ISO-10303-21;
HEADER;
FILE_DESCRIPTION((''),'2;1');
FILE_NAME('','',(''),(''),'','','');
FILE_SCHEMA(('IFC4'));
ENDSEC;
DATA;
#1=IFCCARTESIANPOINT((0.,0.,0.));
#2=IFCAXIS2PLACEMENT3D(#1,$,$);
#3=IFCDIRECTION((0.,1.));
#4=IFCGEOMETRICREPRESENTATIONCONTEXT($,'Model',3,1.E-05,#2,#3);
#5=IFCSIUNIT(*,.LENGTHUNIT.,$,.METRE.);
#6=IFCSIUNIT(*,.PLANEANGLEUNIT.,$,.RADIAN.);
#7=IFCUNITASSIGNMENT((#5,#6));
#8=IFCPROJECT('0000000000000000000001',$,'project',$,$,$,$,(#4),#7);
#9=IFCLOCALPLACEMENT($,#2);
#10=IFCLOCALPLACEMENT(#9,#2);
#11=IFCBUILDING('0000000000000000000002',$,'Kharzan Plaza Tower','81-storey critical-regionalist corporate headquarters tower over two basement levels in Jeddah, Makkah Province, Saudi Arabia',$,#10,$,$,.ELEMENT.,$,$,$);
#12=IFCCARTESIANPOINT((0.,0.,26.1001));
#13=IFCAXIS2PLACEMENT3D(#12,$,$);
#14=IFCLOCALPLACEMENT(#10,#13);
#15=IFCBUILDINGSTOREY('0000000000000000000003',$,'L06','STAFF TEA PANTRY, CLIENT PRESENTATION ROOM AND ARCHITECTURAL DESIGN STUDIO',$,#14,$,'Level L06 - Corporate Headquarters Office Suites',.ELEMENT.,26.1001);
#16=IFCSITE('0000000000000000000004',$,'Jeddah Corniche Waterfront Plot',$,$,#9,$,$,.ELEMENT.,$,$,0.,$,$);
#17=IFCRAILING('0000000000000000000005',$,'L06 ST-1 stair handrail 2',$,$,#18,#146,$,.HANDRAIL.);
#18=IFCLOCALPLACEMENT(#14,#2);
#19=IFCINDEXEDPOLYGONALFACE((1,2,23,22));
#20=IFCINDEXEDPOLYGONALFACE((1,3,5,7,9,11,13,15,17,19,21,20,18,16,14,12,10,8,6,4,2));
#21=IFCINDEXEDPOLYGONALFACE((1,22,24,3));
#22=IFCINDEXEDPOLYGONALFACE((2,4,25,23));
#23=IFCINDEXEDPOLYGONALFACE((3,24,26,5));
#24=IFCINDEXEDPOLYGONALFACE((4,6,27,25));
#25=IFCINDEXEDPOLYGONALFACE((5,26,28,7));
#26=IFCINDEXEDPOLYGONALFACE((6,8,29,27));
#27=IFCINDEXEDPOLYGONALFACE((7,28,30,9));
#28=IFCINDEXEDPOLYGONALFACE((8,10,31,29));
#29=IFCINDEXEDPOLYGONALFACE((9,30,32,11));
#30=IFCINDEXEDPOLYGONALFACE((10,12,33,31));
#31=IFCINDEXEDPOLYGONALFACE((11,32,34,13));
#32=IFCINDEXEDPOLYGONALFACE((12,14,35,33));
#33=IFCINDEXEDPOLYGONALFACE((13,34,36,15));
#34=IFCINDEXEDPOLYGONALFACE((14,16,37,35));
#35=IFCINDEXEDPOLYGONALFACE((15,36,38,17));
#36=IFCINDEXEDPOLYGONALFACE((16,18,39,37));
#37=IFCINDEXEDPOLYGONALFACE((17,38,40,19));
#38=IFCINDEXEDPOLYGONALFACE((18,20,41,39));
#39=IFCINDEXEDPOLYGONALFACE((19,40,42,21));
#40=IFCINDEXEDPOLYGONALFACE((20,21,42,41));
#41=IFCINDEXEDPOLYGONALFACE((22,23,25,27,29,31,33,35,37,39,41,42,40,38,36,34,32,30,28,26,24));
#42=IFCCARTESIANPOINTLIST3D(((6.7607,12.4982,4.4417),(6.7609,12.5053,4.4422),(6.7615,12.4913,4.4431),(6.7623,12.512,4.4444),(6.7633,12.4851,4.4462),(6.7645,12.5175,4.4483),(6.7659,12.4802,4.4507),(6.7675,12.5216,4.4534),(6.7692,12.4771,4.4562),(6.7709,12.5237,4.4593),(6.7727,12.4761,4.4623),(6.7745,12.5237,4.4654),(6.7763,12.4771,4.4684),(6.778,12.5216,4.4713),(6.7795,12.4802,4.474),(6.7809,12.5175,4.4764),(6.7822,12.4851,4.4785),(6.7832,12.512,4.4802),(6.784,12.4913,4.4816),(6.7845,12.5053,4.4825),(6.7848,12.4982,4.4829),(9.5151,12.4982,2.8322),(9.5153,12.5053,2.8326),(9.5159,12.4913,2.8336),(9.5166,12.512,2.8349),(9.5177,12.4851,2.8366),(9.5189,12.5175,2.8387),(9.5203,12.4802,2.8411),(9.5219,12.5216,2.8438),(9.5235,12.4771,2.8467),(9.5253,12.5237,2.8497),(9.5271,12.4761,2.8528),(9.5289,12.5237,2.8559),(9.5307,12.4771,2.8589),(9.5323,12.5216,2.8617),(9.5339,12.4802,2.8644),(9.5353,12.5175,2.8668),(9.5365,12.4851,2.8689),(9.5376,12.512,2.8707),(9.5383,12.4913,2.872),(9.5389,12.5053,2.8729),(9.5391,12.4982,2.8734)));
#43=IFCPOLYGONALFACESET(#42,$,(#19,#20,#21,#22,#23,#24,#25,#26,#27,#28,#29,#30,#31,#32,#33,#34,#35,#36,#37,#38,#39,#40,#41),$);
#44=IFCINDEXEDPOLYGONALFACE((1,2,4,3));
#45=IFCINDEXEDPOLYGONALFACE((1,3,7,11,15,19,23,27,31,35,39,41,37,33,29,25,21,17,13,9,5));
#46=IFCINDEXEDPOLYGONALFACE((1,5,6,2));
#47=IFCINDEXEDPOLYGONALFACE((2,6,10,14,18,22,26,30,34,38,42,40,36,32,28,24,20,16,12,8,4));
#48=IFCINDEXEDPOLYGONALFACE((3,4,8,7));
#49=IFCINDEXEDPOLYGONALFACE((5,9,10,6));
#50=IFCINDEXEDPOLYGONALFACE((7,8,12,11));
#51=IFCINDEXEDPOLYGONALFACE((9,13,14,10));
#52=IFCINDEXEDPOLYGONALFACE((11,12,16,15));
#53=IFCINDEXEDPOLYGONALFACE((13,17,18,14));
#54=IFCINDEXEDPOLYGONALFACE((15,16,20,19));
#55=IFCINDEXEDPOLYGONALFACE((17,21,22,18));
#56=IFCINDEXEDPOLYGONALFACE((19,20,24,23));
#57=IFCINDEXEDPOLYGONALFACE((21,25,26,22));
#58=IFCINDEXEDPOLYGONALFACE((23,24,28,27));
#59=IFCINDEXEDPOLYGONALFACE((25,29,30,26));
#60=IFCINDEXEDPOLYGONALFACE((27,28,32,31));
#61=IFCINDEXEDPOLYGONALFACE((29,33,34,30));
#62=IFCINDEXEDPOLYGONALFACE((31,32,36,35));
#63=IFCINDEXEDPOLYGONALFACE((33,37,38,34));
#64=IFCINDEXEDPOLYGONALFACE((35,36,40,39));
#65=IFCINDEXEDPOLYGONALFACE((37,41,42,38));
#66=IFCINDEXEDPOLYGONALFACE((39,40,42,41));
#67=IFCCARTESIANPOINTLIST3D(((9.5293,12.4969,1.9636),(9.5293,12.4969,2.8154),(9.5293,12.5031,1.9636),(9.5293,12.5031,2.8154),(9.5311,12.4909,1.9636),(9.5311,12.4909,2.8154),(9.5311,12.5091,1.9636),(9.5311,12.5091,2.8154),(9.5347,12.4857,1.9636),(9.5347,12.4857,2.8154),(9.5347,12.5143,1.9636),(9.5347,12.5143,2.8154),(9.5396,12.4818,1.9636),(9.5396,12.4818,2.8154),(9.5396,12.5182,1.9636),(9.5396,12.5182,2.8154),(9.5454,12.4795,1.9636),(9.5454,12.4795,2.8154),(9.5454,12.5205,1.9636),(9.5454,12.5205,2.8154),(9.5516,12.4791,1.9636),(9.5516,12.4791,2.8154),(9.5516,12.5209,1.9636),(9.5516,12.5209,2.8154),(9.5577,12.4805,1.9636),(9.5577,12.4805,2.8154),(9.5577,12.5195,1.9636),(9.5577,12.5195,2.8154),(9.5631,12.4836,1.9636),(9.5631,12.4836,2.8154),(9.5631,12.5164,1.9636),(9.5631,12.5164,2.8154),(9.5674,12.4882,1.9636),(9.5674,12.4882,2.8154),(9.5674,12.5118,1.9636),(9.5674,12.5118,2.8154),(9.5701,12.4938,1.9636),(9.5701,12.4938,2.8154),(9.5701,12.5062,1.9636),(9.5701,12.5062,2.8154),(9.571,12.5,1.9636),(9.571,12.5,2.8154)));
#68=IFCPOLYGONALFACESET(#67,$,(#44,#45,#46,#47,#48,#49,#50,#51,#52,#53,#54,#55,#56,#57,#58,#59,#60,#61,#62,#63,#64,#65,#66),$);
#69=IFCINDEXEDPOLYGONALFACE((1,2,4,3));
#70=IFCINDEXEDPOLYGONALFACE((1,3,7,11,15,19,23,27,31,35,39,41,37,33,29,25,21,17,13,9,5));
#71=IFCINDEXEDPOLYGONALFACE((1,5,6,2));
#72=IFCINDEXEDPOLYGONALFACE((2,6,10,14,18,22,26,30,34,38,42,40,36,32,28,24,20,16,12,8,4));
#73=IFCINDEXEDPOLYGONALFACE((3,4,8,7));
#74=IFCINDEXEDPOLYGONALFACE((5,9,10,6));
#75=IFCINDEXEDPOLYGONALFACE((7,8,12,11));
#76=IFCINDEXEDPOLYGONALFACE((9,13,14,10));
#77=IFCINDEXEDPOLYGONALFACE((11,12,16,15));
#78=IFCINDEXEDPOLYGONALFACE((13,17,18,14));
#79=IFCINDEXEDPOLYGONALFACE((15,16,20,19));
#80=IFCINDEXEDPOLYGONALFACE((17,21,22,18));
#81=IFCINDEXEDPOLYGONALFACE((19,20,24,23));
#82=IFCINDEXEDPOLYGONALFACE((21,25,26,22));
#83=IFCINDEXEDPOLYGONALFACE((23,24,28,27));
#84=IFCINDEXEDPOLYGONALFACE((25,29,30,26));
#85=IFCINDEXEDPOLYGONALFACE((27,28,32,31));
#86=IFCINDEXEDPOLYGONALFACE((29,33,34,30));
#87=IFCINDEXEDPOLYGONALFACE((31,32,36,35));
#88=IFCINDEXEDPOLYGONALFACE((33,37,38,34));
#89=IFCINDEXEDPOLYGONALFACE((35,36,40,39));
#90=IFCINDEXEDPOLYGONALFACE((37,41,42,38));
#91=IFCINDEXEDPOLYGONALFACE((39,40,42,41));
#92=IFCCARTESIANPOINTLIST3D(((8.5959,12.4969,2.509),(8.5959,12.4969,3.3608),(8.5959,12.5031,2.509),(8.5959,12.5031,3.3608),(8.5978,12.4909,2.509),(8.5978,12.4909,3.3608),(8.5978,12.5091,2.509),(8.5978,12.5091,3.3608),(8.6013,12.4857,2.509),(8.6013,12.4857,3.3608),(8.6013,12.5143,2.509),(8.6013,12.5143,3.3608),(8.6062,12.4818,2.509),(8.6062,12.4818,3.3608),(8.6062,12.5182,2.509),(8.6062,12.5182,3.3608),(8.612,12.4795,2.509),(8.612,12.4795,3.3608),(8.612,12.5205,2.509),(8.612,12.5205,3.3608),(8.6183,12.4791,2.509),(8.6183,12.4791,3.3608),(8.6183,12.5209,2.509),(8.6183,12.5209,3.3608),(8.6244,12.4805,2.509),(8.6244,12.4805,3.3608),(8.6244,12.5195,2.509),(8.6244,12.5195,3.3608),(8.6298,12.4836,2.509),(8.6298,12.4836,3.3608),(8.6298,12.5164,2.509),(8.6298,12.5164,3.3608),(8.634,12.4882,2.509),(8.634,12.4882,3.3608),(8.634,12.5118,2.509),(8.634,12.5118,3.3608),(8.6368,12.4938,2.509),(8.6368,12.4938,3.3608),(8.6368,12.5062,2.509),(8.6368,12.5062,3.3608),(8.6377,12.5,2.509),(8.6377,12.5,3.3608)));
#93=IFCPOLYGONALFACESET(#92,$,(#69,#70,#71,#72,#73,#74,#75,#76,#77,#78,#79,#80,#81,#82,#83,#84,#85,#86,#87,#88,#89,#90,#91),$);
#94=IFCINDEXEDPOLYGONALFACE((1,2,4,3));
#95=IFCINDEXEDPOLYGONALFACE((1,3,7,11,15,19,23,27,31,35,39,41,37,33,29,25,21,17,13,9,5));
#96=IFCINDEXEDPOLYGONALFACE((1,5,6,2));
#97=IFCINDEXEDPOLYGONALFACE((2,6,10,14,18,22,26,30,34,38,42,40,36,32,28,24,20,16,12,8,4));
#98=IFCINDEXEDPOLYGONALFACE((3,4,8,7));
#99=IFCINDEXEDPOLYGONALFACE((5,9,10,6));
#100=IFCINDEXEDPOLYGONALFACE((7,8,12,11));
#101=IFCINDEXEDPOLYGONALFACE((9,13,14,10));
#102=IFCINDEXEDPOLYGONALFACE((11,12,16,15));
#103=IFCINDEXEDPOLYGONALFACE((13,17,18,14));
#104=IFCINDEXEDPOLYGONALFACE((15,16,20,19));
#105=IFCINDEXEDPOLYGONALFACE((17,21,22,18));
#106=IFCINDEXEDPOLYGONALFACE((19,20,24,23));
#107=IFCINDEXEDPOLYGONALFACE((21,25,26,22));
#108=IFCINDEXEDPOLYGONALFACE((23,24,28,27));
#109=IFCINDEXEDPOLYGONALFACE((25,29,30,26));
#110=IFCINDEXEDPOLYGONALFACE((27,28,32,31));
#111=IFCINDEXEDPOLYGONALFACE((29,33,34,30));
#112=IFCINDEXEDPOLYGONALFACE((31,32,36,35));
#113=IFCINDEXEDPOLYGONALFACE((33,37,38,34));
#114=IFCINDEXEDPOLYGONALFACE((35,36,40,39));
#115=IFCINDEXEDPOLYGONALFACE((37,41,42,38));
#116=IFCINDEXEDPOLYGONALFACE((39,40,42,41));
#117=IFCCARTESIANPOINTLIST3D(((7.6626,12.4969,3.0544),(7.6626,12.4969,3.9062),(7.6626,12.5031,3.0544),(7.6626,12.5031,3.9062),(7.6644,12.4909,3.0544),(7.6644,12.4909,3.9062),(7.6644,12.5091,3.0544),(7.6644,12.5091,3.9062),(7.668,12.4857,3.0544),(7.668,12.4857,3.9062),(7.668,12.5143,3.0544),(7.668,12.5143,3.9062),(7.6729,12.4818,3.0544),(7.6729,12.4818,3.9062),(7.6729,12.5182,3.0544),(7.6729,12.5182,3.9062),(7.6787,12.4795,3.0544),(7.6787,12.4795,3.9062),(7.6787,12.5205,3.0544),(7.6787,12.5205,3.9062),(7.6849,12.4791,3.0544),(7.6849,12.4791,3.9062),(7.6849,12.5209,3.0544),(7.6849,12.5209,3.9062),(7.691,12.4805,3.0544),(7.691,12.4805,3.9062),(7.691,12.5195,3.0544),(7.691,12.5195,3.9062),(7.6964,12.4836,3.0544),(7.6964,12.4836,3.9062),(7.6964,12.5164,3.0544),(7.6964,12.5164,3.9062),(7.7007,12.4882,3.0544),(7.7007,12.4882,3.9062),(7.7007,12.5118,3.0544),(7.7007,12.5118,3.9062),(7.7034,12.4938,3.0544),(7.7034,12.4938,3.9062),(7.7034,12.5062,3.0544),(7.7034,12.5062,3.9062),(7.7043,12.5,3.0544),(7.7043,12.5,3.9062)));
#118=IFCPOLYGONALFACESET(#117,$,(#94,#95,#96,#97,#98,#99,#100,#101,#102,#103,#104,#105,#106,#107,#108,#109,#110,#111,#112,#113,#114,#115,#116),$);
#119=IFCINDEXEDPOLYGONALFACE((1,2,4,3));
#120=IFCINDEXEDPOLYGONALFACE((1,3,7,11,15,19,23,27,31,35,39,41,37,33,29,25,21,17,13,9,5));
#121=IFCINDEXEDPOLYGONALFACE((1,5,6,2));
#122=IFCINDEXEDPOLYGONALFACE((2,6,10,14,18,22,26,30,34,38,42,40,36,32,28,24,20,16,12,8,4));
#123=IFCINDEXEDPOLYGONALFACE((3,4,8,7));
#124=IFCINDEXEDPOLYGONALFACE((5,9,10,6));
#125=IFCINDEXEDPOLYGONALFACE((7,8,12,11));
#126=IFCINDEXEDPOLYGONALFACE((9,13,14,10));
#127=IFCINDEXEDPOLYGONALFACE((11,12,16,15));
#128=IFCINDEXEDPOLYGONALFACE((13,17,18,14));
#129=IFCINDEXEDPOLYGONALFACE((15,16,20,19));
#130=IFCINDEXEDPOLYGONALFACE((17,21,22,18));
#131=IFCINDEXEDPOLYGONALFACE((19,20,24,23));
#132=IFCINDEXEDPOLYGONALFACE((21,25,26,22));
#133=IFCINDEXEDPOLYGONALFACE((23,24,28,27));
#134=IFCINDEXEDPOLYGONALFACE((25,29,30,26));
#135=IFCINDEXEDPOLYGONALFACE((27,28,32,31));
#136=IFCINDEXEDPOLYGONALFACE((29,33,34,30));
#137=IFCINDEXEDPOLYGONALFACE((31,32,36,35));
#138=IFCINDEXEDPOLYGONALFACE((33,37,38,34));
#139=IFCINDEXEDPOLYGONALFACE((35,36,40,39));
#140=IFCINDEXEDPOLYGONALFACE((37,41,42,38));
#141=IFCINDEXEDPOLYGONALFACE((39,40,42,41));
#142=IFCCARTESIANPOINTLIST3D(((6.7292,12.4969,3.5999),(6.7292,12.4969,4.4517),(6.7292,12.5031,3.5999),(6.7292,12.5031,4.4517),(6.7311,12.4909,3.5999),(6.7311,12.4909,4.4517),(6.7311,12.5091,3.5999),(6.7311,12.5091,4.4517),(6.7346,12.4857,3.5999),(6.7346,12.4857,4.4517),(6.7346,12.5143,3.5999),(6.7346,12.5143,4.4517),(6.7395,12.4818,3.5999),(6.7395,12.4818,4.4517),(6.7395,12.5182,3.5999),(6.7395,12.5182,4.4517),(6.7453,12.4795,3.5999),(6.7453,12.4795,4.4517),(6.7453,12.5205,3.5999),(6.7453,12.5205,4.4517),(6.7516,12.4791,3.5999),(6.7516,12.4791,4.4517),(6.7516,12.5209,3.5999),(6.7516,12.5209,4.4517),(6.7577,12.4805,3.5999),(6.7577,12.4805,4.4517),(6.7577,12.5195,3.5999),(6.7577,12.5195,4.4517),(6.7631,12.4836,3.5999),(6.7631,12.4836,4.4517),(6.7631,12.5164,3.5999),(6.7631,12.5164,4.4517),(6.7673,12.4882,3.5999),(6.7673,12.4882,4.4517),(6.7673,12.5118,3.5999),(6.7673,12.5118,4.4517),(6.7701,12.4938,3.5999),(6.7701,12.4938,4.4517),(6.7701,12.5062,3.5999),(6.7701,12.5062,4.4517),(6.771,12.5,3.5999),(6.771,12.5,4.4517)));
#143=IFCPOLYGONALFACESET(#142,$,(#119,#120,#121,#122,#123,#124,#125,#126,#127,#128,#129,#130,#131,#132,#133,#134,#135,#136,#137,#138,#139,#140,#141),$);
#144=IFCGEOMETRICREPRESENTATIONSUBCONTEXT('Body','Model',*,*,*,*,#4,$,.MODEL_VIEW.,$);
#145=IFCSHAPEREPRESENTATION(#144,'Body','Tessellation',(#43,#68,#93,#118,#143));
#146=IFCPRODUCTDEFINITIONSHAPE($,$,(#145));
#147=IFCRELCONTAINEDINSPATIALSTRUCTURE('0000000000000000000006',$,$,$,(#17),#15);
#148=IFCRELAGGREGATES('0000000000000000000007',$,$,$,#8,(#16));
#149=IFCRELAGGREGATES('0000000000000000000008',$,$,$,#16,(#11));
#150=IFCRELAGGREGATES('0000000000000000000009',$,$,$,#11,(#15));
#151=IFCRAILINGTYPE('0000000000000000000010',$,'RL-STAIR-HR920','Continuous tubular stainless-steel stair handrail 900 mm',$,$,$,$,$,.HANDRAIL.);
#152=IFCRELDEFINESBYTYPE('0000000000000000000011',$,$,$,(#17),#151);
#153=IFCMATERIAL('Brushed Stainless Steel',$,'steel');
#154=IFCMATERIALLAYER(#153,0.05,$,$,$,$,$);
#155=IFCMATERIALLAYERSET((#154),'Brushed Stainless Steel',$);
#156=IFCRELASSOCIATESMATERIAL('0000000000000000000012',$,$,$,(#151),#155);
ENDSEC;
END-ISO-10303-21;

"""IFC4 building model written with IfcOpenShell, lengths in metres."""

from ifc_helpers import new_model, si_unit, direction, frame, origin, origin_2d, place, context, subcontext, project, spatial, circle, extrude, source, transform, mapped, material, layer, layer_set, type_object, element, save


model = new_model("IFC4")

# Units and contexts
model_context = context("Model", 3, precision=1e-05, world=origin(), true_north=direction((0.0, 1.0)))
body_context = subcontext(model_context, "Body", "Model", "MODEL_VIEW")
ifc_project = project(units=[si_unit("LENGTHUNIT", "METRE"), si_unit("PLANEANGLEUNIT", "RADIAN")], contexts=[model_context])

# Site, building, storey
site_placement = place(None, origin())
site = spatial("IfcSite", under=ifc_project, at=site_placement, Name="Jeddah Corniche Waterfront Plot", CompositionType="ELEMENT", RefElevation=0.0)
building_placement = place(site_placement, origin())
building = spatial("IfcBuilding", under=site, at=building_placement, Name="Kharzan Plaza Tower", Description="81-storey critical-regionalist corporate headquarters tower over two basement levels in Jeddah, Makkah Province, Saudi Arabia", CompositionType="ELEMENT")
storey_placement = place(building_placement, frame((0.0, 0.0, 26.1001)))
storey = spatial("IfcBuildingStorey", under=building, at=storey_placement, Name="L06", Description="STAFF TEA PANTRY, CLIENT PRESENTATION ROOM AND ARCHITECTURAL DESIGN STUDIO", LongName="Level L06 - Corporate Headquarters Office Suites", CompositionType="ELEMENT", Elevation=26.1001)

# Shared definitions
ifc_material_1 = material(Name="Brushed Stainless Steel", Category="steel")

# Railing
ifc_layer_1 = layer(ifc_material_1, 0.05)
ifc_layer_set_1 = layer_set([ifc_layer_1], Name="Brushed Stainless Steel")
railing_type_1 = type_object("IfcRailingType", Name="RL-STAIR-HR920", Description="Continuous tubular stainless-steel stair handrail 900 mm", PredefinedType="HANDRAIL", material=ifc_layer_set_1)
shared_shape_1 = source(origin(), body_context, "Body", "SweptSolid", [
    extrude(circle(Radius=0.0239, at=origin_2d()), frame((-0.0229, 0.0, 0.8892), z_axis=(-0.863394, 0.0, 0.504531), x_axis=(0.0, -1.0, 0.0)), (0.0, 0.0, 1.0), 3.1902),
    extrude(circle(Radius=0.021, at=origin_2d()), origin(), (0.0, 0.0, 1.0), 0.8518),
    extrude(circle(Radius=0.021, at=origin_2d()), frame((-0.9333, 0.0, 0.5454)), (0.0, 0.0, 1.0), 0.8518),
    extrude(circle(Radius=0.021, at=origin_2d()), frame((-1.8667, 0.0, 1.0908)), (0.0, 0.0, 1.0), 0.8518),
    extrude(circle(Radius=0.021, at=origin_2d()), frame((-2.8, 0.0, 1.6362)), (0.0, 0.0, 1.0), 0.8518),
])
railing_1_placement = place(storey_placement, frame((9.55, 12.5, 1.9636)))
element("IfcRailing", 1, at=railing_1_placement, inside=storey, type_object=railing_type_1, Name="L06 ST-1 stair handrail 2", PredefinedType="HANDRAIL", context=body_context, shape_type="MappedRepresentation", body=[
    mapped(shared_shape_1, transform((0.0, 0.0, 0.0), x_axis=(1.0, 0.0, 0.0), y_axis=(0.0, 1.0, 0.0), z_axis=(0.0, 0.0, 1.0))),
])

save(model, "model.ifc")
